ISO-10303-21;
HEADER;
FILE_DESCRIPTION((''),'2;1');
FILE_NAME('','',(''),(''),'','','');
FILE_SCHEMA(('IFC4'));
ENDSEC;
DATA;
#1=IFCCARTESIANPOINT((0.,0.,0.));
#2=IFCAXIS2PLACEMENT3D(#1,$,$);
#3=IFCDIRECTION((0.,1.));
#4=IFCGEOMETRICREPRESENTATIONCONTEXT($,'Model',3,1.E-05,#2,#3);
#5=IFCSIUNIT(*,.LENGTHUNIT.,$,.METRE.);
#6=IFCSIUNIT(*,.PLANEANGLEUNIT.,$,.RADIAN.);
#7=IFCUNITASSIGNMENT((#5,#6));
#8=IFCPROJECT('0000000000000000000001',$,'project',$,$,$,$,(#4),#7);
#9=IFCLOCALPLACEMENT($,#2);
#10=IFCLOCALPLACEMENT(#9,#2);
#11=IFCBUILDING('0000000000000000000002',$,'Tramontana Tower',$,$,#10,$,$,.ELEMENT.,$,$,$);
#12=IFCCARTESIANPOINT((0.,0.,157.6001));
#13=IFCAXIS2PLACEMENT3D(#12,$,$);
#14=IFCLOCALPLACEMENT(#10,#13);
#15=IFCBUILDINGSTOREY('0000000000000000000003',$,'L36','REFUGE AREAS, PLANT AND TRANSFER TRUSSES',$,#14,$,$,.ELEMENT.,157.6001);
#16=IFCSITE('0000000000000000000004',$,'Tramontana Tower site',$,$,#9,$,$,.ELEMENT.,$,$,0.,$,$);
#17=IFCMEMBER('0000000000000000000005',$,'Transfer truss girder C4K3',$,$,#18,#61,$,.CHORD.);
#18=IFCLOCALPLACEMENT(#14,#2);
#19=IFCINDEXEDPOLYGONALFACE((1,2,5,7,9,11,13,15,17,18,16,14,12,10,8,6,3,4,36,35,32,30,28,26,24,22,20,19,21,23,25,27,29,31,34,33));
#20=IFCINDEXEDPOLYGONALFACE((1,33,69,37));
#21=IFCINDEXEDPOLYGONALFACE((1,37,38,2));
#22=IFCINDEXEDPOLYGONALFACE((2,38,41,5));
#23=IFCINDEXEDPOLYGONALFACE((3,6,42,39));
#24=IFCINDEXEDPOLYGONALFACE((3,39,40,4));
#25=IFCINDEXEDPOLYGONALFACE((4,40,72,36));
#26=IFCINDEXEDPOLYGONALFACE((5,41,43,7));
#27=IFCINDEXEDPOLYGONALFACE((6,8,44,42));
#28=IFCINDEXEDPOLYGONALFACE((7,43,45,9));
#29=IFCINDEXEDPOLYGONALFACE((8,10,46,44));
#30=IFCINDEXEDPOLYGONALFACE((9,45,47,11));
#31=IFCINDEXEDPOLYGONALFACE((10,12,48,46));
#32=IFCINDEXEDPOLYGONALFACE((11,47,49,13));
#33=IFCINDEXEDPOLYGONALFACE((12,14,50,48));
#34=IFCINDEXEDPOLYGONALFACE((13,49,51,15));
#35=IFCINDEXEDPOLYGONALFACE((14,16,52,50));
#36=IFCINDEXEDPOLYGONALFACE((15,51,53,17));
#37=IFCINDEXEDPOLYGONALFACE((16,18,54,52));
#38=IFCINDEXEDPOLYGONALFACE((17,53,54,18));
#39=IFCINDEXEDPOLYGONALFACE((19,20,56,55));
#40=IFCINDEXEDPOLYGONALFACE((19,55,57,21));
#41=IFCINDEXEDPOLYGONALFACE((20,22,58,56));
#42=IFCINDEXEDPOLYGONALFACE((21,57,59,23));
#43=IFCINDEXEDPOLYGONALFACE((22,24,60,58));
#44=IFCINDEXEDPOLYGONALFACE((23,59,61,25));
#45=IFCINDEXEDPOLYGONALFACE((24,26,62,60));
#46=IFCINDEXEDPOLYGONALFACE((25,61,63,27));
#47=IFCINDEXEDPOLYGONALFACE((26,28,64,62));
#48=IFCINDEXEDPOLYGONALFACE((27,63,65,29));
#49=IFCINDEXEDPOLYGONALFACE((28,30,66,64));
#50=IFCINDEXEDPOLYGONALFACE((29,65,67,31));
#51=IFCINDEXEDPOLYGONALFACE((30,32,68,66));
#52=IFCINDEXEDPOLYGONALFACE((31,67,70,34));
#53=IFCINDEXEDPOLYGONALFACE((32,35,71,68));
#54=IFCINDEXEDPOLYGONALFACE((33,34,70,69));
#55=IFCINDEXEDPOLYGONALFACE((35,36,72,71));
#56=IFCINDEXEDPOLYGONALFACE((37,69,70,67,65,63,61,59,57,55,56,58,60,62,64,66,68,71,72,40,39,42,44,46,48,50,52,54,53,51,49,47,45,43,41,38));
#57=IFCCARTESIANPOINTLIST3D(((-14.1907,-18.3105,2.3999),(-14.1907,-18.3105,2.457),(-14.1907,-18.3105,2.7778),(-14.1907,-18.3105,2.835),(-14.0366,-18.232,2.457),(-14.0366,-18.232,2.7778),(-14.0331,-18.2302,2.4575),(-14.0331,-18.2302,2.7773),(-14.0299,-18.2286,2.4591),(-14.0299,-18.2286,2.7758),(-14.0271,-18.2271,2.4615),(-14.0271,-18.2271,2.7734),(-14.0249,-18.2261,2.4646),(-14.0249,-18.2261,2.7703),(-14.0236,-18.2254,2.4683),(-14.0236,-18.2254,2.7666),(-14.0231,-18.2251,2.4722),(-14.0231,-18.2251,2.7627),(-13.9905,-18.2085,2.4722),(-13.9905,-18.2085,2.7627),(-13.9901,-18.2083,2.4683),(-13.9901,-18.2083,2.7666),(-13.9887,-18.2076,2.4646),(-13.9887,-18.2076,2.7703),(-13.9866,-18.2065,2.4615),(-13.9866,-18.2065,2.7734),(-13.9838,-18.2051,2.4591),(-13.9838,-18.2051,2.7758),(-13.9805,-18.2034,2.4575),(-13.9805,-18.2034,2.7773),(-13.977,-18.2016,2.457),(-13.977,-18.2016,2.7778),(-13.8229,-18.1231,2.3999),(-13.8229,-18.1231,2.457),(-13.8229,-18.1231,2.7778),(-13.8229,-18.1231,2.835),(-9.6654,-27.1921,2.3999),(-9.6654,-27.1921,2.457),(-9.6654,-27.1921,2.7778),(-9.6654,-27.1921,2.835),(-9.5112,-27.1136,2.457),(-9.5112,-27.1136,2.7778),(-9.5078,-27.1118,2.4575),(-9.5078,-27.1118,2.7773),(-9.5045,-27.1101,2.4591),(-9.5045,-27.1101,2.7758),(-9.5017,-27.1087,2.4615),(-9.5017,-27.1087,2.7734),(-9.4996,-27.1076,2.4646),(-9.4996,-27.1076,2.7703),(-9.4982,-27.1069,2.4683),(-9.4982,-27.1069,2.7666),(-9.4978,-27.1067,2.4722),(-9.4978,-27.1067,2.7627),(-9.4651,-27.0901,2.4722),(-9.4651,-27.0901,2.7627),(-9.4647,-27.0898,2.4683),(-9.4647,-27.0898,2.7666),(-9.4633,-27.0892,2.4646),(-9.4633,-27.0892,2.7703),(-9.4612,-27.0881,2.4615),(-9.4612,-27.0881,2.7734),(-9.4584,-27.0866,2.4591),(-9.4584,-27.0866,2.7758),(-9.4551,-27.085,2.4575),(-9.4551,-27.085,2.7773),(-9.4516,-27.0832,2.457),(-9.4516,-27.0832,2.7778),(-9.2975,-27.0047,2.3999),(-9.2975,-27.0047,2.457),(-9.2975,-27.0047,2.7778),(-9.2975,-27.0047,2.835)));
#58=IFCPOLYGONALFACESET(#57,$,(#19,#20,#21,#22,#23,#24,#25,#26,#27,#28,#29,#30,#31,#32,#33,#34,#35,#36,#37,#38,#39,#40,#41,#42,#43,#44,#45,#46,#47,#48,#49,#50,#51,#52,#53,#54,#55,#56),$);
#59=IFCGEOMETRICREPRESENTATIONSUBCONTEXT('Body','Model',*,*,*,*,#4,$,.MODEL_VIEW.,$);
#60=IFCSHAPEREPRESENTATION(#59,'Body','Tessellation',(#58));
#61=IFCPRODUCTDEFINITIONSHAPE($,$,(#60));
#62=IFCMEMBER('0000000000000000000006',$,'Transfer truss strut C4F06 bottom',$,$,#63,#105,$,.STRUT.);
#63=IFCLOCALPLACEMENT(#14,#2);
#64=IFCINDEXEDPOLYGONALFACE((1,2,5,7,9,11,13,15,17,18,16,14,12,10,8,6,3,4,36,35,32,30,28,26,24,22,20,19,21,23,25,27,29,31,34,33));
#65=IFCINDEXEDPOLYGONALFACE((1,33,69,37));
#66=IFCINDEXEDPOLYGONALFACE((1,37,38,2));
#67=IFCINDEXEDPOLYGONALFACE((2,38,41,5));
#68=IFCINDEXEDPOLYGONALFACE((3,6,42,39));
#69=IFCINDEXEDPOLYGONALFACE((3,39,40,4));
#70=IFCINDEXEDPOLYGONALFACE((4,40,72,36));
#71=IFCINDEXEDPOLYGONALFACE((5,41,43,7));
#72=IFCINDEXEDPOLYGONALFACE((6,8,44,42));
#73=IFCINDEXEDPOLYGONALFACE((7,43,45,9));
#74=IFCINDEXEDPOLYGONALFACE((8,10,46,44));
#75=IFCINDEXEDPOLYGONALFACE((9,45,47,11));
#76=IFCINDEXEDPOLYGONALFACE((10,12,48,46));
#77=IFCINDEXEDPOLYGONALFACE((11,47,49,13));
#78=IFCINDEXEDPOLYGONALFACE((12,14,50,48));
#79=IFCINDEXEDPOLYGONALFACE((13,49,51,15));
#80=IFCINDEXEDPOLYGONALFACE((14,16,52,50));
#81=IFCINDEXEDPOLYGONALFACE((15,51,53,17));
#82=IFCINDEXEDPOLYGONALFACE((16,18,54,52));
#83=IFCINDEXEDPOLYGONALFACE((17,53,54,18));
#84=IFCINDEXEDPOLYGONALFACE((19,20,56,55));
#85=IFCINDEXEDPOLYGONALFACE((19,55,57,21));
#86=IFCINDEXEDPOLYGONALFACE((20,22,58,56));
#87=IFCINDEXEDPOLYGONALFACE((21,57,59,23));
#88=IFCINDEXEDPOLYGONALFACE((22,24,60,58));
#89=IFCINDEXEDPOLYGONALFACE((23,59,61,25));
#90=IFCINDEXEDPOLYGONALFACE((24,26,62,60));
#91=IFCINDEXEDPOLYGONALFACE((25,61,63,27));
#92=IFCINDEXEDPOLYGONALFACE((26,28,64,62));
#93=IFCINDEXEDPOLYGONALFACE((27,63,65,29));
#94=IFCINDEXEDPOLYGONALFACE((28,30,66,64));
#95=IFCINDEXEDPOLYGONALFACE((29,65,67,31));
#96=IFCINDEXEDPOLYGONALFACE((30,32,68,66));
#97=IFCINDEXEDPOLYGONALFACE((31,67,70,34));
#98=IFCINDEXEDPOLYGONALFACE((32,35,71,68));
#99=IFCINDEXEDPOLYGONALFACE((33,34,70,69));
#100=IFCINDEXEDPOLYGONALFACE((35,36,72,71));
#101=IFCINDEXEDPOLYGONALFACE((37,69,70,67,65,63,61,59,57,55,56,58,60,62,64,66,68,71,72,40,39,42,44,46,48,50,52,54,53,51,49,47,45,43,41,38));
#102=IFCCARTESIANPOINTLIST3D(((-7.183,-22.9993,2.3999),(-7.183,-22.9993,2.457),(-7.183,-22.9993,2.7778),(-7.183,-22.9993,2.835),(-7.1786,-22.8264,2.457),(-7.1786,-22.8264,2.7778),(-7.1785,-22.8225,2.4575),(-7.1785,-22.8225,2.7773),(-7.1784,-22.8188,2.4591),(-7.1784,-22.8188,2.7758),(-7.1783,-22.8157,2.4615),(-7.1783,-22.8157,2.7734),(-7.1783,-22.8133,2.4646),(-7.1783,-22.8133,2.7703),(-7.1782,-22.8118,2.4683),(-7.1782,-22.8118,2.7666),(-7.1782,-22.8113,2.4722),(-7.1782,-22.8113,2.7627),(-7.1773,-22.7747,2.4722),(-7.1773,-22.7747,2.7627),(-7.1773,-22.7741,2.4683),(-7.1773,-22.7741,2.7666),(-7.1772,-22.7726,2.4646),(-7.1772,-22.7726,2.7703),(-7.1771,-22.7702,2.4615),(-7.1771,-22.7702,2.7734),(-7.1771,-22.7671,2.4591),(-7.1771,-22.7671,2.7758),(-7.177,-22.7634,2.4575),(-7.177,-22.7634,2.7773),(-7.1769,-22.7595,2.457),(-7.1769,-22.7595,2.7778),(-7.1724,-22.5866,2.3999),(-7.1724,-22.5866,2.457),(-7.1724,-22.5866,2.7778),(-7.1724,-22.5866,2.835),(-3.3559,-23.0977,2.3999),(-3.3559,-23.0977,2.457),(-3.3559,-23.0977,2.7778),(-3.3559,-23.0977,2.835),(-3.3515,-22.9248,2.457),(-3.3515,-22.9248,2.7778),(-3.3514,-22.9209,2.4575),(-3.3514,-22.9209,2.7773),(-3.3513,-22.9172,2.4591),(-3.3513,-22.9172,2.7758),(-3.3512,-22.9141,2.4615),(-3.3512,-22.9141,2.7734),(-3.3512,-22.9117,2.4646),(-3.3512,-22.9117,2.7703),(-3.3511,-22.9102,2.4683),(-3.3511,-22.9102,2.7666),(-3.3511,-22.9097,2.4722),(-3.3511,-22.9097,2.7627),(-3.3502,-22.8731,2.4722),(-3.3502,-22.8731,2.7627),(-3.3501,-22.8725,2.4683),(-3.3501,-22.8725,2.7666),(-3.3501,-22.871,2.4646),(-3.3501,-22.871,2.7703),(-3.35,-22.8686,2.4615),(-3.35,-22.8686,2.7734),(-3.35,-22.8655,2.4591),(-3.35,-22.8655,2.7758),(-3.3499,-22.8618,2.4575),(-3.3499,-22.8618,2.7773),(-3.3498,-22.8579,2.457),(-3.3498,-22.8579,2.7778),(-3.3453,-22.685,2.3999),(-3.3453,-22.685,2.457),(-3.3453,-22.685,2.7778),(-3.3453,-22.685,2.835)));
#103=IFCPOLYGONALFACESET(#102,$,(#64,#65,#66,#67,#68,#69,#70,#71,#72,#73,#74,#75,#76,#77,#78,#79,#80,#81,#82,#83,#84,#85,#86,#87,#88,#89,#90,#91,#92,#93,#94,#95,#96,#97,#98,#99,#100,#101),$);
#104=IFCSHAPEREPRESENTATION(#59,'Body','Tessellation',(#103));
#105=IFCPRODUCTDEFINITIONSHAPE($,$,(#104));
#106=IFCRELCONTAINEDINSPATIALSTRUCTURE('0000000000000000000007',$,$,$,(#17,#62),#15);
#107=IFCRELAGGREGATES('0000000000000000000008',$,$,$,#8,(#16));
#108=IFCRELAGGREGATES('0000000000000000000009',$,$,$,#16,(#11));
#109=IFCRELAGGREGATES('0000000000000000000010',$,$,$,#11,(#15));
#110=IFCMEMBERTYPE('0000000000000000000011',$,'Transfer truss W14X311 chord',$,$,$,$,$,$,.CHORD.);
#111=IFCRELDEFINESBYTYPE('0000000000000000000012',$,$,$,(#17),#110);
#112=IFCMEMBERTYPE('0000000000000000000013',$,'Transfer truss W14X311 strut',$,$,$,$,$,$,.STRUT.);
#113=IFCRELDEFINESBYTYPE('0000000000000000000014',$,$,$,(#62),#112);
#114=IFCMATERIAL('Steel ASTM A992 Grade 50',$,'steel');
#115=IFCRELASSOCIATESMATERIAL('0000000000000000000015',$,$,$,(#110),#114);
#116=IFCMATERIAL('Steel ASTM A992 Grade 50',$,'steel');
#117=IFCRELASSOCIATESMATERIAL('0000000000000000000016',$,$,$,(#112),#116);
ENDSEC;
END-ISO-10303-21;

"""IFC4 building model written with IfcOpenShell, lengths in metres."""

from ifc_helpers import new_model, si_unit, direction, frame, origin, origin_2d, place, context, subcontext, project, spatial, i_section, extrude, material, material_profile, profile_set, type_object, element, save


model = new_model("IFC4")

# Units and contexts
model_context = context("Model", 3, precision=1e-05, world=origin(), true_north=direction((0.0, 1.0)))
body_context = subcontext(model_context, "Body", "Model", "MODEL_VIEW")
ifc_project = project(units=[si_unit("LENGTHUNIT", "METRE"), si_unit("PLANEANGLEUNIT", "RADIAN")], contexts=[model_context])

# Site, building, storey
site_placement = place(None, origin())
site = spatial("IfcSite", under=ifc_project, at=site_placement, Name="Tramontana Tower site", CompositionType="ELEMENT", RefElevation=0.0)
building_placement = place(site_placement, origin())
building = spatial("IfcBuilding", under=site, at=building_placement, Name="Tramontana Tower", CompositionType="ELEMENT")
storey_placement = place(building_placement, frame((0.0, 0.0, 157.6001)))
storey = spatial("IfcBuildingStorey", under=building, at=storey_placement, Name="L36", Description="REFUGE AREAS, PLANT AND TRANSFER TRUSSES", CompositionType="ELEMENT", Elevation=157.6001)

# Members
ifc_material_1 = material(Name="Steel ASTM A992 Grade 50", Category="steel")
ifc_material_profile_1 = material_profile(ifc_material_1, i_section(OverallWidth=0.4128, OverallDepth=0.4351, WebThickness=0.0366, FlangeThickness=0.0571, FilletRadius=0.0151, at=origin_2d()), Name="W14X311")
ifc_profile_set_1 = profile_set([ifc_material_profile_1], Name="Steel ASTM A992 Grade 50")
member_type_1 = type_object("IfcMemberType", Name="Transfer truss W14X311 chord", PredefinedType="CHORD", material=ifc_profile_set_1)
member_1_placement = place(storey_placement, frame((-9.4814, -27.0984, 2.6174), z_axis=(-0.45399, 0.891007, 0.0), x_axis=(-0.891007, -0.45399, 0.0)))
element("IfcMember", 1, at=member_1_placement, inside=storey, type_object=member_type_1, Name="Transfer truss girder C4K3", PredefinedType="CHORD", context=body_context, shape_type="SweptSolid", body=[
    extrude(i_section(OverallWidth=0.4128, OverallDepth=0.4351, WebThickness=0.0366, FlangeThickness=0.0571, FilletRadius=0.0151, at=origin_2d()), origin(), (0.0, 0.0, 1.0), 9.968),
])
ifc_material_2 = material(Name="Steel ASTM A992 Grade 50", Category="steel")
ifc_material_profile_2 = material_profile(ifc_material_2, i_section(OverallWidth=0.4128, OverallDepth=0.4351, WebThickness=0.0366, FlangeThickness=0.0571, FilletRadius=0.0151, at=origin_2d()), Name="W14X311")
ifc_profile_set_2 = profile_set([ifc_material_profile_2], Name="Steel ASTM A992 Grade 50")
member_type_2 = type_object("IfcMemberType", Name="Transfer truss W14X311 strut", PredefinedType="STRUT", material=ifc_profile_set_2)
member_2_placement = place(storey_placement, frame((-7.1777, -22.793, 2.6174), z_axis=(0.99967, -0.0257, 0.0), x_axis=(0.0257, 0.99967, 0.0)))
element("IfcMember", 2, at=member_2_placement, inside=storey, type_object=member_type_2, Name="Transfer truss strut C4F06 bottom", PredefinedType="STRUT", context=body_context, shape_type="SweptSolid", body=[
    extrude(i_section(OverallWidth=0.4128, OverallDepth=0.4351, WebThickness=0.0366, FlangeThickness=0.0571, FilletRadius=0.0151, at=origin_2d()), origin(), (0.0, 0.0, 1.0), 3.8284),
])

save(model, "model.ifc")
